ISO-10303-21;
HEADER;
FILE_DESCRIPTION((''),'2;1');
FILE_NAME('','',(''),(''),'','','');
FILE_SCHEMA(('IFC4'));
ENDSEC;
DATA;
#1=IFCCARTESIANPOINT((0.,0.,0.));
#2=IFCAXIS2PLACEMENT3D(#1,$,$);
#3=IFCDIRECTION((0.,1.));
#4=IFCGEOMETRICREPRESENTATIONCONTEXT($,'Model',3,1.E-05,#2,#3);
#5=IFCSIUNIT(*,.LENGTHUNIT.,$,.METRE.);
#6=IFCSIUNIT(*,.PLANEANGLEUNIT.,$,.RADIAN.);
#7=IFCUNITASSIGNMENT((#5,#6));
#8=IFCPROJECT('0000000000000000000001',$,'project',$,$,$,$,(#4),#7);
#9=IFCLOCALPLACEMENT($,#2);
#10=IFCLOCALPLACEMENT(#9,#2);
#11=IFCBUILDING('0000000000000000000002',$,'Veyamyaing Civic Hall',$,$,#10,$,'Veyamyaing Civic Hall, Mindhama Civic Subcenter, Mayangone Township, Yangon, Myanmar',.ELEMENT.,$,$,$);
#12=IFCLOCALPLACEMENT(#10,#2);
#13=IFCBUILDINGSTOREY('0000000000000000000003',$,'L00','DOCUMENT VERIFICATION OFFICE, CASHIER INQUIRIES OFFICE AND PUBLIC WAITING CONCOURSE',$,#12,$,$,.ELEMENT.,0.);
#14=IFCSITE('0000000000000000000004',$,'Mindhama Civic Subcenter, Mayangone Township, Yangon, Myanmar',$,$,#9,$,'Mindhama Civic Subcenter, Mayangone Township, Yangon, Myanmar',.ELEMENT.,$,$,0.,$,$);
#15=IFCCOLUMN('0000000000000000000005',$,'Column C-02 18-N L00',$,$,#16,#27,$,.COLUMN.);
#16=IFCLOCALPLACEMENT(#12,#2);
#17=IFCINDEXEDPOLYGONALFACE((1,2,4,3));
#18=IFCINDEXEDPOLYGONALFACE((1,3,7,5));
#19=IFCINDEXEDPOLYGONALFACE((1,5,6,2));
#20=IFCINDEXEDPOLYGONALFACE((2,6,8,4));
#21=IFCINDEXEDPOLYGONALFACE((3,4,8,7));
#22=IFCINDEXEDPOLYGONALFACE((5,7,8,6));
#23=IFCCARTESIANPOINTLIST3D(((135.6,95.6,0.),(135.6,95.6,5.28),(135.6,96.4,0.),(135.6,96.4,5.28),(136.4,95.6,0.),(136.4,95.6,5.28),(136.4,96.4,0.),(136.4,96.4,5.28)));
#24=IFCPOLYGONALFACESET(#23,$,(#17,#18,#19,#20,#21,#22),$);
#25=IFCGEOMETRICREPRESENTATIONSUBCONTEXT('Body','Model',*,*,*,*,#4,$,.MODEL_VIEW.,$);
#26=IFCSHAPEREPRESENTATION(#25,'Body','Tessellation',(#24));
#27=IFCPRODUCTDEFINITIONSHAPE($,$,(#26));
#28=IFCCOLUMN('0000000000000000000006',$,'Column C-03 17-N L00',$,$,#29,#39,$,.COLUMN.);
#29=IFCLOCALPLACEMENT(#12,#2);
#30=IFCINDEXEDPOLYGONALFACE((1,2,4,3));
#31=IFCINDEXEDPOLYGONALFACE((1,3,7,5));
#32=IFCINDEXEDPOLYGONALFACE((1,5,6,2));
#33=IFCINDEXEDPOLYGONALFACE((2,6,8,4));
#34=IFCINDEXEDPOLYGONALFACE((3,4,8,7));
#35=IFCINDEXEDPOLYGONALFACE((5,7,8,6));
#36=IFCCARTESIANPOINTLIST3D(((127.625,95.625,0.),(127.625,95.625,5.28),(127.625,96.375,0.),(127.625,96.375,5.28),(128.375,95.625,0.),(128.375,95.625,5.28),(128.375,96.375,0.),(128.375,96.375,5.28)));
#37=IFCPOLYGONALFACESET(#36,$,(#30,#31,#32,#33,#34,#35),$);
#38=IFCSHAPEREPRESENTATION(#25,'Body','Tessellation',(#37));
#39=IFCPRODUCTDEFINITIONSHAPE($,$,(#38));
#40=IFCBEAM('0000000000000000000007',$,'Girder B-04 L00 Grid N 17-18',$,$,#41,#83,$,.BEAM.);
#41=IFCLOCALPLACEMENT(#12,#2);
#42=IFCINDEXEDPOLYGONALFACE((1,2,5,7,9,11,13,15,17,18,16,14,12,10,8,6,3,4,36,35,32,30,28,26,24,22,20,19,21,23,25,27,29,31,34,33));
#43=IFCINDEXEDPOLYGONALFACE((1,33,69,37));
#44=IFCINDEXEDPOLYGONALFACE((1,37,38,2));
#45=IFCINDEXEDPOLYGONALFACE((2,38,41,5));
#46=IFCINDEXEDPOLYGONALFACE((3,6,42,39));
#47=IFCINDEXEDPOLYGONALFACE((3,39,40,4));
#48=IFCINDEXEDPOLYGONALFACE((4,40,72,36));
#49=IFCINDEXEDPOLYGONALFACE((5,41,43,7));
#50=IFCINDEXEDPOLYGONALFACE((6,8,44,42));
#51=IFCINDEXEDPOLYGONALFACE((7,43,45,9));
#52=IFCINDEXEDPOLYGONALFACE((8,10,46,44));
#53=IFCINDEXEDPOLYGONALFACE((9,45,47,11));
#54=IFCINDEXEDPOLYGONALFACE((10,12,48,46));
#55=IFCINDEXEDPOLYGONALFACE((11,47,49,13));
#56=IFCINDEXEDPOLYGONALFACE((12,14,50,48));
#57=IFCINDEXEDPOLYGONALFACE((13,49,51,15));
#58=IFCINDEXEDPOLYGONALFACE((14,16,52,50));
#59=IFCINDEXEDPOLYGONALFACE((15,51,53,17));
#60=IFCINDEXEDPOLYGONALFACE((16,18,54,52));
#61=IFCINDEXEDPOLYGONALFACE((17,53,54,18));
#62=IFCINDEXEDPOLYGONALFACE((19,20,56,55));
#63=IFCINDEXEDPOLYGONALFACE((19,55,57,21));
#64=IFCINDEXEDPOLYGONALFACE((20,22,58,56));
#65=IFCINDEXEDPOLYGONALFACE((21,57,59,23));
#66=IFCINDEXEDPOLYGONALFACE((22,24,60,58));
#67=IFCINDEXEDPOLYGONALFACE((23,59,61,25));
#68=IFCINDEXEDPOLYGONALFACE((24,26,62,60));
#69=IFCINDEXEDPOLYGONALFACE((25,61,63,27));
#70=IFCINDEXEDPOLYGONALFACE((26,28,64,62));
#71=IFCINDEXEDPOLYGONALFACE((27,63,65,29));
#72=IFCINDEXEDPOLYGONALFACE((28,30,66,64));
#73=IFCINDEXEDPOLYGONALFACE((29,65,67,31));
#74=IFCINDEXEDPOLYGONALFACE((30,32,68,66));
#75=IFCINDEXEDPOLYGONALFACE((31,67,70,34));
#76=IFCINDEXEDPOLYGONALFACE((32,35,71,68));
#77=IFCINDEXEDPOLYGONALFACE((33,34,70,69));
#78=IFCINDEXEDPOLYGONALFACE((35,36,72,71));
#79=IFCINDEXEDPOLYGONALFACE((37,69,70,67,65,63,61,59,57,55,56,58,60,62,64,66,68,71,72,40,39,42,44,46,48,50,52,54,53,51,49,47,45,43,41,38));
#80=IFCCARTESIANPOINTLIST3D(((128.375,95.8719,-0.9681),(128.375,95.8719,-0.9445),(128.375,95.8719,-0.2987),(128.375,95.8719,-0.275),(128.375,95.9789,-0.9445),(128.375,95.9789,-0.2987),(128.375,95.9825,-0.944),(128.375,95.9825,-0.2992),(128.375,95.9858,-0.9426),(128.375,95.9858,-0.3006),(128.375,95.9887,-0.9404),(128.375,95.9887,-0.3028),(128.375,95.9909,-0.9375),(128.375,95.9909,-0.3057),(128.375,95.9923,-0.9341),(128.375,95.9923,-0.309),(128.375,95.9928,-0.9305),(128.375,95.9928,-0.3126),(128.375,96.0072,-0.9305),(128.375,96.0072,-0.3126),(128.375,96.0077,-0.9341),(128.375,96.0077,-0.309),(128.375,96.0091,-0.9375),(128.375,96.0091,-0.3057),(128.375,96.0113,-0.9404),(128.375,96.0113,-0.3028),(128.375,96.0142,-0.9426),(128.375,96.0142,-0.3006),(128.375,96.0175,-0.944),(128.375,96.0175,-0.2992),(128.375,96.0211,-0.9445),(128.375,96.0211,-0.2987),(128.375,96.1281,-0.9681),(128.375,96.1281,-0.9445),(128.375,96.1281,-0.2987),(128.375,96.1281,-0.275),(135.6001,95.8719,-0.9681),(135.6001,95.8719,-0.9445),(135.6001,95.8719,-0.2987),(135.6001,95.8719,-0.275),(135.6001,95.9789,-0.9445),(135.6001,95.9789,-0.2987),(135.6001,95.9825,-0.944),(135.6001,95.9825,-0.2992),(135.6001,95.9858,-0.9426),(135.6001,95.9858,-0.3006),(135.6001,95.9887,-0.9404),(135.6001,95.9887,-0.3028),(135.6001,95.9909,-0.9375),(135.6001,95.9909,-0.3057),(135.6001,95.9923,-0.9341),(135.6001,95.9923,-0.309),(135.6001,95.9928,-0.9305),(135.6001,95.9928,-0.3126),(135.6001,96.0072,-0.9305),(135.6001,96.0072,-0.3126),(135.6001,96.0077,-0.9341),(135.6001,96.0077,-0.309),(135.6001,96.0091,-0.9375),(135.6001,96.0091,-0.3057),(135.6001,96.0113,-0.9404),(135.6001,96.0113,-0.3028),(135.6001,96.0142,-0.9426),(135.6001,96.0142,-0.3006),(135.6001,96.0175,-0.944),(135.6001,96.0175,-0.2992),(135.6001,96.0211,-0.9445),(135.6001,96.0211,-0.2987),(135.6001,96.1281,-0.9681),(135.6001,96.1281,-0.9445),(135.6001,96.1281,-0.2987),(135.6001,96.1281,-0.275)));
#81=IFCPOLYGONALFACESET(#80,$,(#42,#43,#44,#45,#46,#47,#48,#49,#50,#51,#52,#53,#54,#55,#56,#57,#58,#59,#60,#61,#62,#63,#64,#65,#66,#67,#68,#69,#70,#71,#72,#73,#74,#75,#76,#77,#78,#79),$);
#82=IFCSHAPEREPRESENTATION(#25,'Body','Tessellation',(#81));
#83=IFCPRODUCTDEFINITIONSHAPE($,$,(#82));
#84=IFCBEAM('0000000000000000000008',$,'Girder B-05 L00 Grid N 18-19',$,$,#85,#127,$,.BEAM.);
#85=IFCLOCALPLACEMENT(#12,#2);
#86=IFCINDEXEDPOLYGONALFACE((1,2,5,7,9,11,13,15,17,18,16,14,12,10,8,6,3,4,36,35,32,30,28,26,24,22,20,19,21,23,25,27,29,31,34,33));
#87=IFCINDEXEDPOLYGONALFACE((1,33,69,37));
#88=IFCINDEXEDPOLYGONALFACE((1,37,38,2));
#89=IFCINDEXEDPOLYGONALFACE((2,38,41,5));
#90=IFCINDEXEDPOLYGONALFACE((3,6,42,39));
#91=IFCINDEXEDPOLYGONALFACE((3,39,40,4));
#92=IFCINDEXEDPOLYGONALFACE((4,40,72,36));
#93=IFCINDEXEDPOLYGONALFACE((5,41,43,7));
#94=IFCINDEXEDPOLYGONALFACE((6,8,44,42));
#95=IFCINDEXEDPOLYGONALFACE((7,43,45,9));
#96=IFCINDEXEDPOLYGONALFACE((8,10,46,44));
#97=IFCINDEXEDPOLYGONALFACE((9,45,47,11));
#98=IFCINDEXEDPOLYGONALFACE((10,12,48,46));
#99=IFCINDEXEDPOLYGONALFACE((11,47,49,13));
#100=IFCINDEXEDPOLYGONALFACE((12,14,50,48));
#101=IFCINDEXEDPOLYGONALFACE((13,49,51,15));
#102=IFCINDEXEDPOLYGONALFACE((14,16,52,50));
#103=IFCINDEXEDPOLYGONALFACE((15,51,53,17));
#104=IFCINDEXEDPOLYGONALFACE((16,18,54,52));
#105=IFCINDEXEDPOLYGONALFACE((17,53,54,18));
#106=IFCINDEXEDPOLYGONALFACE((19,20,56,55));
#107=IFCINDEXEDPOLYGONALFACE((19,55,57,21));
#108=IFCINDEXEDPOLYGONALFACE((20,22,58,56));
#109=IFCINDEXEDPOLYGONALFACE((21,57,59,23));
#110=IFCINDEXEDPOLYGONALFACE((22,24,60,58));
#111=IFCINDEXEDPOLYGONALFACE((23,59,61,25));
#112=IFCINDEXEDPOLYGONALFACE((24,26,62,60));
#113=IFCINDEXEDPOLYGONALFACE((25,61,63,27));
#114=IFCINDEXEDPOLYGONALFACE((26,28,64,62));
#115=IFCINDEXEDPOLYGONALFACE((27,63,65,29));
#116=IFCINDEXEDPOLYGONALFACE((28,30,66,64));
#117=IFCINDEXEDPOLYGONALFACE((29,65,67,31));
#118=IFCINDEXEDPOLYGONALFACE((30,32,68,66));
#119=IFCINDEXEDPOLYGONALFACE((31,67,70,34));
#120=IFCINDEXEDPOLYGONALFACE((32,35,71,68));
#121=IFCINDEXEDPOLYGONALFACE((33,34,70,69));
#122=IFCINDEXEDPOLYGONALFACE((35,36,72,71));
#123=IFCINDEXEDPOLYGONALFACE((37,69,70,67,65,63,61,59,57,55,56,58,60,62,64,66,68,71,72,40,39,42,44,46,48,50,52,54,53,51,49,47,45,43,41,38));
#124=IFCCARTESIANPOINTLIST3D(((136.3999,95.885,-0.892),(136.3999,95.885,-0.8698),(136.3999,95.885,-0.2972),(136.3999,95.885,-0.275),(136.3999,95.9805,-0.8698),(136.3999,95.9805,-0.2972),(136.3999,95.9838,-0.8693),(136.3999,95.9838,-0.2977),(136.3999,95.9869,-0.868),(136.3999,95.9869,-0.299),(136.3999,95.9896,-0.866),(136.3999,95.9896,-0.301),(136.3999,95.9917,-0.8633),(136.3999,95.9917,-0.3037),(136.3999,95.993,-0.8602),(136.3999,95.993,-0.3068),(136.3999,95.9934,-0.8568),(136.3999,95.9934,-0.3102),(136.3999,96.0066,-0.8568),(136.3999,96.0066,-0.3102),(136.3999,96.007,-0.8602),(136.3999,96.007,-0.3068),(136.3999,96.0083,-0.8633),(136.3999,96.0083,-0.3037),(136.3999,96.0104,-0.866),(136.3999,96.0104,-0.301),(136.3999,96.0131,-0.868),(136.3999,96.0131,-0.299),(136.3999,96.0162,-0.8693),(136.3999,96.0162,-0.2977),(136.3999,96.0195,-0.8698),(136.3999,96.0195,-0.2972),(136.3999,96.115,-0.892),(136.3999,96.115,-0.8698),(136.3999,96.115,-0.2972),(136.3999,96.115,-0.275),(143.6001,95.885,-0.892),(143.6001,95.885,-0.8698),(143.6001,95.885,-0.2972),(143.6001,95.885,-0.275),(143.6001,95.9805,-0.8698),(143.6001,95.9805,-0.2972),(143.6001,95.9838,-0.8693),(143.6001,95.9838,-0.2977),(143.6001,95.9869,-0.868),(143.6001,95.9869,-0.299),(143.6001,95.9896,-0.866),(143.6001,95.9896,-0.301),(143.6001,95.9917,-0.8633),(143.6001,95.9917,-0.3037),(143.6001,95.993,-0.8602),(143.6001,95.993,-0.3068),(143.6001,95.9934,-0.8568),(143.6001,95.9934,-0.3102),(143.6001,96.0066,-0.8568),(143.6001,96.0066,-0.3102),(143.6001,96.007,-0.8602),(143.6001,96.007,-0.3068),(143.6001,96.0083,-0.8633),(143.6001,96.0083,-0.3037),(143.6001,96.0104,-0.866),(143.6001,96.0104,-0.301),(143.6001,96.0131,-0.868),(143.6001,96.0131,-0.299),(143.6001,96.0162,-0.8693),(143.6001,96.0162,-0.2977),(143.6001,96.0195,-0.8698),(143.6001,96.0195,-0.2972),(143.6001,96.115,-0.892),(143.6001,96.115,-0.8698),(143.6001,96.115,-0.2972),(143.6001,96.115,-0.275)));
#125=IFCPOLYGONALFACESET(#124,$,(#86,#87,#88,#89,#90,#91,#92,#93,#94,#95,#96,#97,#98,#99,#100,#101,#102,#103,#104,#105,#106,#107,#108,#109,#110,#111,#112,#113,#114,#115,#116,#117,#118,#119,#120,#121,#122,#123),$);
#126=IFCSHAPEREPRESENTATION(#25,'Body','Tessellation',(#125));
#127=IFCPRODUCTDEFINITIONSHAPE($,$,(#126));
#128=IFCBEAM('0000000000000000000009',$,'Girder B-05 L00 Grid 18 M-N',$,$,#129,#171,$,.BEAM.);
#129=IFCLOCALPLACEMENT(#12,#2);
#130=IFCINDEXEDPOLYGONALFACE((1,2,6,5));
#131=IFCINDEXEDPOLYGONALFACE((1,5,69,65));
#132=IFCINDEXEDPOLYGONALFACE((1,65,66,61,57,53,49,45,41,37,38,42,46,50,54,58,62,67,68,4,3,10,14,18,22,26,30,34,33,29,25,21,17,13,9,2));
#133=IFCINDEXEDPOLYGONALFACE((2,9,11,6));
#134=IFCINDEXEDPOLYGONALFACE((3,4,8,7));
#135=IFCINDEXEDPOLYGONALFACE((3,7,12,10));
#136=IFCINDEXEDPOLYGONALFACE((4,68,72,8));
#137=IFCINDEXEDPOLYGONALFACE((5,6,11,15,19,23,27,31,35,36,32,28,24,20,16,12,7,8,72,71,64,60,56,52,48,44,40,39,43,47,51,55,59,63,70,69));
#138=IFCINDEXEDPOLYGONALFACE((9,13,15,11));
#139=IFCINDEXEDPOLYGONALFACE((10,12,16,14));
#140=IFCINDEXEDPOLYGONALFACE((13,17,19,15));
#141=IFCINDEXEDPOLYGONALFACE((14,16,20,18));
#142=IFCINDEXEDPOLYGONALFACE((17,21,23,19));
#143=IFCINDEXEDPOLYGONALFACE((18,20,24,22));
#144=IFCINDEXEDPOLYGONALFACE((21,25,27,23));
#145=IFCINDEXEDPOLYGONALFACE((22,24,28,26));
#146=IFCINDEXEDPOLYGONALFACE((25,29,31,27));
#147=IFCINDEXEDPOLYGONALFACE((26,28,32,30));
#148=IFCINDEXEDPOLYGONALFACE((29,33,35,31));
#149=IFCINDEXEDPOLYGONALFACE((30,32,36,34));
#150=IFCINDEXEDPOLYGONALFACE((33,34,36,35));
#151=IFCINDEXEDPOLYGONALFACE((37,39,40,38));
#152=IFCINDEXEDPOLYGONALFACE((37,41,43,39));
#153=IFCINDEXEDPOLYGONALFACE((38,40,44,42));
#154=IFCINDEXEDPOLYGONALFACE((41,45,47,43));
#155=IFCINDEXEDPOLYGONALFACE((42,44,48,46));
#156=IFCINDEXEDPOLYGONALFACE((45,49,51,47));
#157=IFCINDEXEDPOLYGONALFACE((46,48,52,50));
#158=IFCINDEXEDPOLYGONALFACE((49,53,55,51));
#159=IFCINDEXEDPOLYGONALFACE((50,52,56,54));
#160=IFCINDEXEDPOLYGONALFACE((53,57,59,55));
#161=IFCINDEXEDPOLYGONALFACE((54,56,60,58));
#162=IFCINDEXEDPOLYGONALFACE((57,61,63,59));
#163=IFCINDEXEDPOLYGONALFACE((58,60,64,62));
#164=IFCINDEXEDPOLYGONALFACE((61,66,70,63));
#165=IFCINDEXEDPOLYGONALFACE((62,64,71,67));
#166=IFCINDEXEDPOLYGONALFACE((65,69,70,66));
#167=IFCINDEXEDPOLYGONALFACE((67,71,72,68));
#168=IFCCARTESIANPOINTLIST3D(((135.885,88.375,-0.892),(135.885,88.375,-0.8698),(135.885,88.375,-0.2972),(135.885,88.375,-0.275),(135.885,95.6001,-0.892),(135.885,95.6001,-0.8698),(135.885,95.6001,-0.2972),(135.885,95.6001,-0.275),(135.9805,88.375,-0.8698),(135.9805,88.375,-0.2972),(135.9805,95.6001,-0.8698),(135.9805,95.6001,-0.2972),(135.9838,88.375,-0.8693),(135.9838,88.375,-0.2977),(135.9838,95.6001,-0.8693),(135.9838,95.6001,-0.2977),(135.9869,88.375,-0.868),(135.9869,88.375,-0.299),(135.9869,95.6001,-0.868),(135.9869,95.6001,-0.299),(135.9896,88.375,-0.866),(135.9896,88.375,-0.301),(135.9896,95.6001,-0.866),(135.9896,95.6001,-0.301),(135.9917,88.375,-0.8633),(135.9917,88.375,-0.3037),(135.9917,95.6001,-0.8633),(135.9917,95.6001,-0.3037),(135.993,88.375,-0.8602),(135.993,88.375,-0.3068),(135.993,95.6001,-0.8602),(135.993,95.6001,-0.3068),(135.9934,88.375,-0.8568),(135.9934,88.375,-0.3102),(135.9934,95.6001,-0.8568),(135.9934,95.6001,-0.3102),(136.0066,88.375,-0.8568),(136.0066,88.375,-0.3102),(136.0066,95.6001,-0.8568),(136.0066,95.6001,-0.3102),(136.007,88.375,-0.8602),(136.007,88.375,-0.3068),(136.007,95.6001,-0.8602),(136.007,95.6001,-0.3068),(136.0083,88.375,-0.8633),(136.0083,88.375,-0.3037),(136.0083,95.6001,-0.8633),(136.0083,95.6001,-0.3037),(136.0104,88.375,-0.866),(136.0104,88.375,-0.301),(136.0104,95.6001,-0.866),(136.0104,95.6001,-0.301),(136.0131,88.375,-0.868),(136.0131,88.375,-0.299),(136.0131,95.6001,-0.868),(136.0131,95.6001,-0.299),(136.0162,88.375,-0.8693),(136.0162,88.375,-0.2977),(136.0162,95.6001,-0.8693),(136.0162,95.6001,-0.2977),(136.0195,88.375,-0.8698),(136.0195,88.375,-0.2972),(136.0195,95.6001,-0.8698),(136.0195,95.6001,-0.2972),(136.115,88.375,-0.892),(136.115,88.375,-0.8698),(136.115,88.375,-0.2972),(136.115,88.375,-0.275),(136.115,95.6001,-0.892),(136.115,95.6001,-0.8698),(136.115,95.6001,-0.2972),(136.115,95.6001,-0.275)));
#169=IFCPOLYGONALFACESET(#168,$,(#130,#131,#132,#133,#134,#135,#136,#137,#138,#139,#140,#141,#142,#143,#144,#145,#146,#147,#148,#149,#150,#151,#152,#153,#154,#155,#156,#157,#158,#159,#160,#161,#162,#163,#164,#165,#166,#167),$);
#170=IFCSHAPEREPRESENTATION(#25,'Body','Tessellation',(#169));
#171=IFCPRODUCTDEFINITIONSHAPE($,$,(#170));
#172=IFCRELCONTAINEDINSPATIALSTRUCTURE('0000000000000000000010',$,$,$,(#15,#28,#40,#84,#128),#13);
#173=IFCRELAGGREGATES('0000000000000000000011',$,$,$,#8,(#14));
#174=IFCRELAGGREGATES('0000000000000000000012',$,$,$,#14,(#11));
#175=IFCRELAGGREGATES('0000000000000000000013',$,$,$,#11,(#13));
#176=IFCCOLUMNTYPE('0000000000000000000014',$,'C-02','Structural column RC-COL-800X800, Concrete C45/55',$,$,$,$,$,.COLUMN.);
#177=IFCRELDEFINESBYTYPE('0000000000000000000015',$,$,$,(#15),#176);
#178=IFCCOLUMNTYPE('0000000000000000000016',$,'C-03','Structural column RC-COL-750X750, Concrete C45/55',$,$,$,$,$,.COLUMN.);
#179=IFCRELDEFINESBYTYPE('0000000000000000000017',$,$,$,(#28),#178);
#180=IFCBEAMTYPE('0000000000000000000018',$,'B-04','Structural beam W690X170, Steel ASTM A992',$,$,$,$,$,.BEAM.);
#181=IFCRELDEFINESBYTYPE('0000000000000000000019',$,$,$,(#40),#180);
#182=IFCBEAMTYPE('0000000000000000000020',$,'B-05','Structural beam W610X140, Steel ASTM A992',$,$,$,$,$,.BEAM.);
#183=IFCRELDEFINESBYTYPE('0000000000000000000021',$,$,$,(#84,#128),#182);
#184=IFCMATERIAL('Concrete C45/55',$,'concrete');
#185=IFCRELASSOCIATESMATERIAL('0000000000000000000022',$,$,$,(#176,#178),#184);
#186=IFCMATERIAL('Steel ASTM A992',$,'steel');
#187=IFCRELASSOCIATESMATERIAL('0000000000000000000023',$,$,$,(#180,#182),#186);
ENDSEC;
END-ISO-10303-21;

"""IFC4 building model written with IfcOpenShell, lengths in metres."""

from ifc_helpers import new_model, si_unit, direction, frame, origin, origin_2d, place, context, subcontext, project, spatial, rectangle, i_section, extrude, material, material_profile, profile_set, type_object, element, save


model = new_model("IFC4")

# Units and contexts
model_context = context("Model", 3, precision=1e-05, world=origin(), true_north=direction((0.0, 1.0)))
body_context = subcontext(model_context, "Body", "Model", "MODEL_VIEW")
ifc_project = project(units=[si_unit("LENGTHUNIT", "METRE"), si_unit("PLANEANGLEUNIT", "RADIAN")], contexts=[model_context])

# Site, building, storey
site_placement = place(None, origin())
site = spatial("IfcSite", under=ifc_project, at=site_placement, Name="Mindhama Civic Subcenter, Mayangone Township, Yangon, Myanmar", LongName="Mindhama Civic Subcenter, Mayangone Township, Yangon, Myanmar", CompositionType="ELEMENT", RefElevation=0.0)
building_placement = place(site_placement, origin())
building = spatial("IfcBuilding", under=site, at=building_placement, Name="Veyamyaing Civic Hall", LongName="Veyamyaing Civic Hall, Mindhama Civic Subcenter, Mayangone Township, Yangon, Myanmar", CompositionType="ELEMENT")
storey_placement = place(building_placement, origin())
storey = spatial("IfcBuildingStorey", under=building, at=storey_placement, Name="L00", Description="DOCUMENT VERIFICATION OFFICE, CASHIER INQUIRIES OFFICE AND PUBLIC WAITING CONCOURSE", CompositionType="ELEMENT", Elevation=0.0)

# Columns
ifc_material_1 = material(Name="Concrete C45/55", Category="concrete")
ifc_material_profile_1 = material_profile(ifc_material_1, rectangle(XDim=0.8, YDim=0.8, at=origin_2d()), Name="RC-COL-800X800")
ifc_profile_set_1 = profile_set([ifc_material_profile_1], Name="Concrete C45/55")
column_type_1 = type_object("IfcColumnType", Name="C-02", Description="Structural column RC-COL-800X800, Concrete C45/55", PredefinedType="COLUMN", material=ifc_profile_set_1)
column_1_placement = place(storey_placement, frame((136.0, 96.0, 0.0), z_axis=(0.0, 0.0, 1.0), x_axis=(1.0, 0.0, 0.0)))
element("IfcColumn", 1, at=column_1_placement, inside=storey, type_object=column_type_1, Name="Column C-02 18-N L00", PredefinedType="COLUMN", context=body_context, shape_type="SweptSolid", body=[
    extrude(rectangle(XDim=0.8, YDim=0.8, at=origin_2d()), origin(), (0.0, 0.0, 1.0), 5.28),
])
ifc_material_profile_2 = material_profile(ifc_material_1, rectangle(XDim=0.75, YDim=0.75, at=origin_2d()), Name="RC-COL-750X750")
ifc_profile_set_2 = profile_set([ifc_material_profile_2], Name="Concrete C45/55")
column_type_2 = type_object("IfcColumnType", Name="C-03", Description="Structural column RC-COL-750X750, Concrete C45/55", PredefinedType="COLUMN", material=ifc_profile_set_2)
column_2_placement = place(storey_placement, frame((128.0, 96.0, 0.0), z_axis=(0.0, 0.0, 1.0), x_axis=(1.0, 0.0, 0.0)))
element("IfcColumn", 2, at=column_2_placement, inside=storey, type_object=column_type_2, Name="Column C-03 17-N L00", PredefinedType="COLUMN", context=body_context, shape_type="SweptSolid", body=[
    extrude(rectangle(XDim=0.75, YDim=0.75, at=origin_2d()), origin(), (0.0, 0.0, 1.0), 5.28),
])

# Beams
ifc_material_2 = material(Name="Steel ASTM A992", Category="steel")
ifc_material_profile_3 = material_profile(ifc_material_2, i_section(OverallWidth=0.2561, OverallDepth=0.6931, WebThickness=0.0144, FlangeThickness=0.0237, FilletRadius=0.0139, at=origin_2d()), Name="W690X170")
ifc_profile_set_3 = profile_set([ifc_material_profile_3], Name="Steel ASTM A992")
beam_type_1 = type_object("IfcBeamType", Name="B-04", Description="Structural beam W690X170, Steel ASTM A992", PredefinedType="BEAM", material=ifc_profile_set_3)
beam_1_placement = place(storey_placement, frame((128.375, 96.0, -0.6216), z_axis=(1.0, 0.0, 0.0), x_axis=(0.0, 1.0, 0.0)))
element("IfcBeam", 3, at=beam_1_placement, inside=storey, type_object=beam_type_1, Name="Girder B-04 L00 Grid N 17-18", PredefinedType="BEAM", context=body_context, shape_type="SweptSolid", body=[
    extrude(i_section(OverallWidth=0.2561, OverallDepth=0.6931, WebThickness=0.0144, FlangeThickness=0.0237, FilletRadius=0.0139, at=origin_2d()), origin(), (0.0, 0.0, 1.0), 7.2251),
])
ifc_material_profile_4 = material_profile(ifc_material_2, i_section(OverallWidth=0.23, OverallDepth=0.6169, WebThickness=0.0132, FlangeThickness=0.0222, FilletRadius=0.0129, at=origin_2d()), Name="W610X140")
ifc_profile_set_4 = profile_set([ifc_material_profile_4], Name="Steel ASTM A992")
beam_type_2 = type_object("IfcBeamType", Name="B-05", Description="Structural beam W610X140, Steel ASTM A992", PredefinedType="BEAM", material=ifc_profile_set_4)
beam_2_placement = place(storey_placement, frame((136.3999, 96.0, -0.5835), z_axis=(1.0, 0.0, 0.0), x_axis=(0.0, 1.0, 0.0)))
element("IfcBeam", 4, at=beam_2_placement, inside=storey, type_object=beam_type_2, Name="Girder B-05 L00 Grid N 18-19", PredefinedType="BEAM", context=body_context, shape_type="SweptSolid", body=[
    extrude(i_section(OverallWidth=0.23, OverallDepth=0.6169, WebThickness=0.0132, FlangeThickness=0.0222, FilletRadius=0.0129, at=origin_2d()), origin(), (0.0, 0.0, 1.0), 7.2002),
])
beam_3_placement = place(storey_placement, frame((136.0, 88.375, -0.5835), z_axis=(0.0, 1.0, 0.0), x_axis=(-1.0, 0.0, 0.0)))
element("IfcBeam", 5, at=beam_3_placement, inside=storey, type_object=beam_type_2, Name="Girder B-05 L00 Grid 18 M-N", PredefinedType="BEAM", context=body_context, shape_type="SweptSolid", body=[
    extrude(i_section(OverallWidth=0.23, OverallDepth=0.6169, WebThickness=0.0132, FlangeThickness=0.0222, FilletRadius=0.0129, at=origin_2d()), origin(), (0.0, 0.0, 1.0), 7.2251),
])

save(model, "model.ifc")
